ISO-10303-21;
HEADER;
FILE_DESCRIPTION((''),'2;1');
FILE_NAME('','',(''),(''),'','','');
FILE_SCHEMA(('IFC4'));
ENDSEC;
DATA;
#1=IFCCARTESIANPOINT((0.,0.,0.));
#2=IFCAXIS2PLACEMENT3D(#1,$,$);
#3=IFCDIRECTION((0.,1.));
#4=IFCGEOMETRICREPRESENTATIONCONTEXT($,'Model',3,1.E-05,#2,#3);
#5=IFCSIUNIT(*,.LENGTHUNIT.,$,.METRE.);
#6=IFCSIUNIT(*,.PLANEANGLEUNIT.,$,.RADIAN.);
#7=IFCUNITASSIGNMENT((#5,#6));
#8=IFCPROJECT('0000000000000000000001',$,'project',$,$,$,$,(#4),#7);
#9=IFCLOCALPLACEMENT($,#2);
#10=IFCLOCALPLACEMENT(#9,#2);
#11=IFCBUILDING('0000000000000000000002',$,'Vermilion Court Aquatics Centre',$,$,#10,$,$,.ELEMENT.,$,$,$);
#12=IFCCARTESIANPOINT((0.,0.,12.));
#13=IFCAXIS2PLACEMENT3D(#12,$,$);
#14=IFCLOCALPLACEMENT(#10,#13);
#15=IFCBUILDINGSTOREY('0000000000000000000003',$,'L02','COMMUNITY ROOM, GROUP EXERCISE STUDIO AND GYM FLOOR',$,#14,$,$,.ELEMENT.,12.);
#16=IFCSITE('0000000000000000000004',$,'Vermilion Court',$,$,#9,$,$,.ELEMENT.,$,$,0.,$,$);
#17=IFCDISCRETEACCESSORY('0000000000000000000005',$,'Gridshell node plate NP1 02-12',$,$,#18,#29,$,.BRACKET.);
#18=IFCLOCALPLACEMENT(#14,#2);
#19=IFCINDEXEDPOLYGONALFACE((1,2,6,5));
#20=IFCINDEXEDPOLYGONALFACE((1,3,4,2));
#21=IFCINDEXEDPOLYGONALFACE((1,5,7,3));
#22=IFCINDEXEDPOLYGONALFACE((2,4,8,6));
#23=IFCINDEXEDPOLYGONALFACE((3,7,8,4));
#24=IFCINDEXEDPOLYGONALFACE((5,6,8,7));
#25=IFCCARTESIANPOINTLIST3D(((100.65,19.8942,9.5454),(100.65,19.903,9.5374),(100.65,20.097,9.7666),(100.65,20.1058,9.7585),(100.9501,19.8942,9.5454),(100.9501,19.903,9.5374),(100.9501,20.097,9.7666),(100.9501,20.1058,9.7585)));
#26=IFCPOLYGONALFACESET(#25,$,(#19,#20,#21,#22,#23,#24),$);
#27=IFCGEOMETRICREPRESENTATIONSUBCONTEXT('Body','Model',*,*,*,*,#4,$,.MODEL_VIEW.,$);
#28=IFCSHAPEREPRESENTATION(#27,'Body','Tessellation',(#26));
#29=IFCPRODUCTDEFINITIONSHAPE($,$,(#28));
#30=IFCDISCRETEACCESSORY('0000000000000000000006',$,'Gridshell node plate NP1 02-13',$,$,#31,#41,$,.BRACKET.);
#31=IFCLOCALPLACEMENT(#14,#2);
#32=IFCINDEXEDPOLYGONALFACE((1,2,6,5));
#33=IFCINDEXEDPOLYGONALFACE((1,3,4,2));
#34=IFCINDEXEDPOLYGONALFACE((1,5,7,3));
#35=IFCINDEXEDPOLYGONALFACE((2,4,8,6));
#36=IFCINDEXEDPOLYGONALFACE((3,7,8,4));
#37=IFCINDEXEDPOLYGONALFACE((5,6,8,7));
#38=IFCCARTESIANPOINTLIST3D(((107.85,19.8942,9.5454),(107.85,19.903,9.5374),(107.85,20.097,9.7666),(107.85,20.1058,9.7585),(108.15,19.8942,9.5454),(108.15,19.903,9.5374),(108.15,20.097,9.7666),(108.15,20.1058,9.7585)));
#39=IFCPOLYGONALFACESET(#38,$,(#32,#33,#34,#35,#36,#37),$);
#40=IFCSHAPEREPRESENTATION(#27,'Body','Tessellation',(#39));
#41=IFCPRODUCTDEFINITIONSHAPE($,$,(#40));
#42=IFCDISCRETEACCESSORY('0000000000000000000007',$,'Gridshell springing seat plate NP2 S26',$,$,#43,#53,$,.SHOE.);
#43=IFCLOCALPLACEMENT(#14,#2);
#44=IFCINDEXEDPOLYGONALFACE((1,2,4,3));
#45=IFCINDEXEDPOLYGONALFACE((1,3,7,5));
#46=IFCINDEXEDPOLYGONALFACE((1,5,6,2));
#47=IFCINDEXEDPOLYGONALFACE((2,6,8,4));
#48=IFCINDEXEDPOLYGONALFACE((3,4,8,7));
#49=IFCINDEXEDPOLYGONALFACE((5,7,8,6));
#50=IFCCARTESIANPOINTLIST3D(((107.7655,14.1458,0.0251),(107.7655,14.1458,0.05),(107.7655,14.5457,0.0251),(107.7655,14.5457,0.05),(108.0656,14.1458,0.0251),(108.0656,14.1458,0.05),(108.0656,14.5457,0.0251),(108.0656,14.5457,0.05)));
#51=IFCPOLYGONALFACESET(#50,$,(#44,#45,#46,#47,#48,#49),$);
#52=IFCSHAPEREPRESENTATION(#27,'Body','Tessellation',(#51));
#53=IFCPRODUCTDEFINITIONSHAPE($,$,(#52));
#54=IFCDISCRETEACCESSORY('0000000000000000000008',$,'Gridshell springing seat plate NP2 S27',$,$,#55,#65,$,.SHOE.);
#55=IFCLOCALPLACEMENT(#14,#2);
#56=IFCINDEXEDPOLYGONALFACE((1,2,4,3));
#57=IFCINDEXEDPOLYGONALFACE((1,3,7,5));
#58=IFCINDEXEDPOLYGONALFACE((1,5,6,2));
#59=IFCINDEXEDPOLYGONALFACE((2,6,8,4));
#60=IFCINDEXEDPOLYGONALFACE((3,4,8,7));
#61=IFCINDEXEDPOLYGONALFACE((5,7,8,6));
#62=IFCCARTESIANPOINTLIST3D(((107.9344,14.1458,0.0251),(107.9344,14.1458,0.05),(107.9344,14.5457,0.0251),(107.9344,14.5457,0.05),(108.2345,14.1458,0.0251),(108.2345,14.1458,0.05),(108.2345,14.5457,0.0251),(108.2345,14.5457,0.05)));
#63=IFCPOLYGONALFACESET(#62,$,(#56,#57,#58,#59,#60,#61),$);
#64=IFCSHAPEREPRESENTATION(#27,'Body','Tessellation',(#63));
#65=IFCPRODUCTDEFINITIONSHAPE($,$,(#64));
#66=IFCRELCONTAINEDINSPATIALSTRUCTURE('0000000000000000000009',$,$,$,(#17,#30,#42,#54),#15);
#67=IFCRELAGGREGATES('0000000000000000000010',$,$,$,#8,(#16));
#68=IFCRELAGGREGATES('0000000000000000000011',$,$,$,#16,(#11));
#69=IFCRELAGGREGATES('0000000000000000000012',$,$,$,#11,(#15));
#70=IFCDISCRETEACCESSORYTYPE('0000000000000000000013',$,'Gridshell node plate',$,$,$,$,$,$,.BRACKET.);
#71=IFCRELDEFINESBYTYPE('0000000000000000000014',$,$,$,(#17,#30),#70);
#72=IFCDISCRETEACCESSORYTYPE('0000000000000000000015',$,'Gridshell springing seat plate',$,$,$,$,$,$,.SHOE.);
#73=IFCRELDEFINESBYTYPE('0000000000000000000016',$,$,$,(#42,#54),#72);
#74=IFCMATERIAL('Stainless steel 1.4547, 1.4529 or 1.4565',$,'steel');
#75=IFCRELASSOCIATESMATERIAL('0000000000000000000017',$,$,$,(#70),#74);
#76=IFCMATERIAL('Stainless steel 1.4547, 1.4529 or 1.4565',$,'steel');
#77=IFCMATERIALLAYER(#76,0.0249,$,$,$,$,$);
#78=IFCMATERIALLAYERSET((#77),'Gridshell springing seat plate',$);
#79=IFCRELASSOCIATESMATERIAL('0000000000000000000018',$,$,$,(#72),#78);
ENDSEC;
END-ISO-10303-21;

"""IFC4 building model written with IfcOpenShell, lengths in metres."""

from ifc_helpers import new_model, si_unit, direction, frame, origin, origin_2d, place, context, subcontext, project, spatial, rectangle, extrude, material, layer, layer_set, material_profile, profile_set, type_object, element, save


model = new_model("IFC4")

# Units and contexts
model_context = context("Model", 3, precision=1e-05, world=origin(), true_north=direction((0.0, 1.0)))
body_context = subcontext(model_context, "Body", "Model", "MODEL_VIEW")
ifc_project = project(units=[si_unit("LENGTHUNIT", "METRE"), si_unit("PLANEANGLEUNIT", "RADIAN")], contexts=[model_context])

# Site, building, storey
site_placement = place(None, origin())
site = spatial("IfcSite", under=ifc_project, at=site_placement, Name="Vermilion Court", CompositionType="ELEMENT", RefElevation=0.0)
building_placement = place(site_placement, origin())
building = spatial("IfcBuilding", under=site, at=building_placement, Name="Vermilion Court Aquatics Centre", CompositionType="ELEMENT")
storey_placement = place(building_placement, frame((0.0, 0.0, 12.0)))
storey = spatial("IfcBuildingStorey", under=building, at=storey_placement, Name="L02", Description="COMMUNITY ROOM, GROUP EXERCISE STUDIO AND GYM FLOOR", CompositionType="ELEMENT", Elevation=12.0)

# Discrete accessories
ifc_material_1 = material(Name="Stainless steel 1.4547, 1.4529 or 1.4565", Category="steel")
ifc_material_profile_1 = material_profile(ifc_material_1, rectangle(XDim=0.3, YDim=0.3, at=origin_2d()), Name="PL 12 x 300 x 300")
ifc_profile_set_1 = profile_set([ifc_material_profile_1], Name="Stainless steel 1.4547, 1.4529 or 1.4565")
discrete_accessory_type_1 = type_object("IfcDiscreteAccessoryType", Name="Gridshell node plate", PredefinedType="BRACKET", material=ifc_profile_set_1)
for number, where, z_axis, x_axis, name in (
    (1, (100.8, 20.0044, 9.6479), (0.0, -0.737154, 0.675725), (1.0, 0.0, 0.0), "Gridshell node plate NP1 02-12"),
    (2, (108.0, 20.0044, 9.6479), (0.0, -0.737154, 0.675725), (1.0, 0.0, 0.0), "Gridshell node plate NP1 02-13"),
):
    element("IfcDiscreteAccessory", number, at=place(storey_placement, frame(where, z_axis=z_axis, x_axis=x_axis)), inside=storey, type_object=discrete_accessory_type_1, Name=name, PredefinedType="BRACKET", context=body_context, shape_type="SweptSolid", body=[
        extrude(rectangle(XDim=0.3, YDim=0.3, at=origin_2d()), origin(), (0.0, 0.0, 1.0), 0.012),
    ])
ifc_material_2 = material(Name="Stainless steel 1.4547, 1.4529 or 1.4565", Category="steel")
ifc_layer_1 = layer(ifc_material_2, 0.0249)
ifc_layer_set_1 = layer_set([ifc_layer_1], Name="Gridshell springing seat plate")
discrete_accessory_type_2 = type_object("IfcDiscreteAccessoryType", Name="Gridshell springing seat plate", PredefinedType="SHOE", material=ifc_layer_set_1)
for number, where, z_axis, x_axis, name in (
    (3, (107.9155, 14.3457, 0.0251), (0.0, 0.0, 1.0), (1.0, 0.0, 0.0), "Gridshell springing seat plate NP2 S26"),
    (4, (108.0845, 14.3457, 0.0251), (0.0, 0.0, 1.0), (1.0, 0.0, 0.0), "Gridshell springing seat plate NP2 S27"),
):
    element("IfcDiscreteAccessory", number, at=place(storey_placement, frame(where, z_axis=z_axis, x_axis=x_axis)), inside=storey, type_object=discrete_accessory_type_2, Name=name, PredefinedType="SHOE", context=body_context, shape_type="SweptSolid", body=[
        extrude(rectangle(XDim=0.3, YDim=0.3999, at=origin_2d()), origin(), (0.0, 0.0, 1.0), 0.0249),
    ])

save(model, "model.ifc")
